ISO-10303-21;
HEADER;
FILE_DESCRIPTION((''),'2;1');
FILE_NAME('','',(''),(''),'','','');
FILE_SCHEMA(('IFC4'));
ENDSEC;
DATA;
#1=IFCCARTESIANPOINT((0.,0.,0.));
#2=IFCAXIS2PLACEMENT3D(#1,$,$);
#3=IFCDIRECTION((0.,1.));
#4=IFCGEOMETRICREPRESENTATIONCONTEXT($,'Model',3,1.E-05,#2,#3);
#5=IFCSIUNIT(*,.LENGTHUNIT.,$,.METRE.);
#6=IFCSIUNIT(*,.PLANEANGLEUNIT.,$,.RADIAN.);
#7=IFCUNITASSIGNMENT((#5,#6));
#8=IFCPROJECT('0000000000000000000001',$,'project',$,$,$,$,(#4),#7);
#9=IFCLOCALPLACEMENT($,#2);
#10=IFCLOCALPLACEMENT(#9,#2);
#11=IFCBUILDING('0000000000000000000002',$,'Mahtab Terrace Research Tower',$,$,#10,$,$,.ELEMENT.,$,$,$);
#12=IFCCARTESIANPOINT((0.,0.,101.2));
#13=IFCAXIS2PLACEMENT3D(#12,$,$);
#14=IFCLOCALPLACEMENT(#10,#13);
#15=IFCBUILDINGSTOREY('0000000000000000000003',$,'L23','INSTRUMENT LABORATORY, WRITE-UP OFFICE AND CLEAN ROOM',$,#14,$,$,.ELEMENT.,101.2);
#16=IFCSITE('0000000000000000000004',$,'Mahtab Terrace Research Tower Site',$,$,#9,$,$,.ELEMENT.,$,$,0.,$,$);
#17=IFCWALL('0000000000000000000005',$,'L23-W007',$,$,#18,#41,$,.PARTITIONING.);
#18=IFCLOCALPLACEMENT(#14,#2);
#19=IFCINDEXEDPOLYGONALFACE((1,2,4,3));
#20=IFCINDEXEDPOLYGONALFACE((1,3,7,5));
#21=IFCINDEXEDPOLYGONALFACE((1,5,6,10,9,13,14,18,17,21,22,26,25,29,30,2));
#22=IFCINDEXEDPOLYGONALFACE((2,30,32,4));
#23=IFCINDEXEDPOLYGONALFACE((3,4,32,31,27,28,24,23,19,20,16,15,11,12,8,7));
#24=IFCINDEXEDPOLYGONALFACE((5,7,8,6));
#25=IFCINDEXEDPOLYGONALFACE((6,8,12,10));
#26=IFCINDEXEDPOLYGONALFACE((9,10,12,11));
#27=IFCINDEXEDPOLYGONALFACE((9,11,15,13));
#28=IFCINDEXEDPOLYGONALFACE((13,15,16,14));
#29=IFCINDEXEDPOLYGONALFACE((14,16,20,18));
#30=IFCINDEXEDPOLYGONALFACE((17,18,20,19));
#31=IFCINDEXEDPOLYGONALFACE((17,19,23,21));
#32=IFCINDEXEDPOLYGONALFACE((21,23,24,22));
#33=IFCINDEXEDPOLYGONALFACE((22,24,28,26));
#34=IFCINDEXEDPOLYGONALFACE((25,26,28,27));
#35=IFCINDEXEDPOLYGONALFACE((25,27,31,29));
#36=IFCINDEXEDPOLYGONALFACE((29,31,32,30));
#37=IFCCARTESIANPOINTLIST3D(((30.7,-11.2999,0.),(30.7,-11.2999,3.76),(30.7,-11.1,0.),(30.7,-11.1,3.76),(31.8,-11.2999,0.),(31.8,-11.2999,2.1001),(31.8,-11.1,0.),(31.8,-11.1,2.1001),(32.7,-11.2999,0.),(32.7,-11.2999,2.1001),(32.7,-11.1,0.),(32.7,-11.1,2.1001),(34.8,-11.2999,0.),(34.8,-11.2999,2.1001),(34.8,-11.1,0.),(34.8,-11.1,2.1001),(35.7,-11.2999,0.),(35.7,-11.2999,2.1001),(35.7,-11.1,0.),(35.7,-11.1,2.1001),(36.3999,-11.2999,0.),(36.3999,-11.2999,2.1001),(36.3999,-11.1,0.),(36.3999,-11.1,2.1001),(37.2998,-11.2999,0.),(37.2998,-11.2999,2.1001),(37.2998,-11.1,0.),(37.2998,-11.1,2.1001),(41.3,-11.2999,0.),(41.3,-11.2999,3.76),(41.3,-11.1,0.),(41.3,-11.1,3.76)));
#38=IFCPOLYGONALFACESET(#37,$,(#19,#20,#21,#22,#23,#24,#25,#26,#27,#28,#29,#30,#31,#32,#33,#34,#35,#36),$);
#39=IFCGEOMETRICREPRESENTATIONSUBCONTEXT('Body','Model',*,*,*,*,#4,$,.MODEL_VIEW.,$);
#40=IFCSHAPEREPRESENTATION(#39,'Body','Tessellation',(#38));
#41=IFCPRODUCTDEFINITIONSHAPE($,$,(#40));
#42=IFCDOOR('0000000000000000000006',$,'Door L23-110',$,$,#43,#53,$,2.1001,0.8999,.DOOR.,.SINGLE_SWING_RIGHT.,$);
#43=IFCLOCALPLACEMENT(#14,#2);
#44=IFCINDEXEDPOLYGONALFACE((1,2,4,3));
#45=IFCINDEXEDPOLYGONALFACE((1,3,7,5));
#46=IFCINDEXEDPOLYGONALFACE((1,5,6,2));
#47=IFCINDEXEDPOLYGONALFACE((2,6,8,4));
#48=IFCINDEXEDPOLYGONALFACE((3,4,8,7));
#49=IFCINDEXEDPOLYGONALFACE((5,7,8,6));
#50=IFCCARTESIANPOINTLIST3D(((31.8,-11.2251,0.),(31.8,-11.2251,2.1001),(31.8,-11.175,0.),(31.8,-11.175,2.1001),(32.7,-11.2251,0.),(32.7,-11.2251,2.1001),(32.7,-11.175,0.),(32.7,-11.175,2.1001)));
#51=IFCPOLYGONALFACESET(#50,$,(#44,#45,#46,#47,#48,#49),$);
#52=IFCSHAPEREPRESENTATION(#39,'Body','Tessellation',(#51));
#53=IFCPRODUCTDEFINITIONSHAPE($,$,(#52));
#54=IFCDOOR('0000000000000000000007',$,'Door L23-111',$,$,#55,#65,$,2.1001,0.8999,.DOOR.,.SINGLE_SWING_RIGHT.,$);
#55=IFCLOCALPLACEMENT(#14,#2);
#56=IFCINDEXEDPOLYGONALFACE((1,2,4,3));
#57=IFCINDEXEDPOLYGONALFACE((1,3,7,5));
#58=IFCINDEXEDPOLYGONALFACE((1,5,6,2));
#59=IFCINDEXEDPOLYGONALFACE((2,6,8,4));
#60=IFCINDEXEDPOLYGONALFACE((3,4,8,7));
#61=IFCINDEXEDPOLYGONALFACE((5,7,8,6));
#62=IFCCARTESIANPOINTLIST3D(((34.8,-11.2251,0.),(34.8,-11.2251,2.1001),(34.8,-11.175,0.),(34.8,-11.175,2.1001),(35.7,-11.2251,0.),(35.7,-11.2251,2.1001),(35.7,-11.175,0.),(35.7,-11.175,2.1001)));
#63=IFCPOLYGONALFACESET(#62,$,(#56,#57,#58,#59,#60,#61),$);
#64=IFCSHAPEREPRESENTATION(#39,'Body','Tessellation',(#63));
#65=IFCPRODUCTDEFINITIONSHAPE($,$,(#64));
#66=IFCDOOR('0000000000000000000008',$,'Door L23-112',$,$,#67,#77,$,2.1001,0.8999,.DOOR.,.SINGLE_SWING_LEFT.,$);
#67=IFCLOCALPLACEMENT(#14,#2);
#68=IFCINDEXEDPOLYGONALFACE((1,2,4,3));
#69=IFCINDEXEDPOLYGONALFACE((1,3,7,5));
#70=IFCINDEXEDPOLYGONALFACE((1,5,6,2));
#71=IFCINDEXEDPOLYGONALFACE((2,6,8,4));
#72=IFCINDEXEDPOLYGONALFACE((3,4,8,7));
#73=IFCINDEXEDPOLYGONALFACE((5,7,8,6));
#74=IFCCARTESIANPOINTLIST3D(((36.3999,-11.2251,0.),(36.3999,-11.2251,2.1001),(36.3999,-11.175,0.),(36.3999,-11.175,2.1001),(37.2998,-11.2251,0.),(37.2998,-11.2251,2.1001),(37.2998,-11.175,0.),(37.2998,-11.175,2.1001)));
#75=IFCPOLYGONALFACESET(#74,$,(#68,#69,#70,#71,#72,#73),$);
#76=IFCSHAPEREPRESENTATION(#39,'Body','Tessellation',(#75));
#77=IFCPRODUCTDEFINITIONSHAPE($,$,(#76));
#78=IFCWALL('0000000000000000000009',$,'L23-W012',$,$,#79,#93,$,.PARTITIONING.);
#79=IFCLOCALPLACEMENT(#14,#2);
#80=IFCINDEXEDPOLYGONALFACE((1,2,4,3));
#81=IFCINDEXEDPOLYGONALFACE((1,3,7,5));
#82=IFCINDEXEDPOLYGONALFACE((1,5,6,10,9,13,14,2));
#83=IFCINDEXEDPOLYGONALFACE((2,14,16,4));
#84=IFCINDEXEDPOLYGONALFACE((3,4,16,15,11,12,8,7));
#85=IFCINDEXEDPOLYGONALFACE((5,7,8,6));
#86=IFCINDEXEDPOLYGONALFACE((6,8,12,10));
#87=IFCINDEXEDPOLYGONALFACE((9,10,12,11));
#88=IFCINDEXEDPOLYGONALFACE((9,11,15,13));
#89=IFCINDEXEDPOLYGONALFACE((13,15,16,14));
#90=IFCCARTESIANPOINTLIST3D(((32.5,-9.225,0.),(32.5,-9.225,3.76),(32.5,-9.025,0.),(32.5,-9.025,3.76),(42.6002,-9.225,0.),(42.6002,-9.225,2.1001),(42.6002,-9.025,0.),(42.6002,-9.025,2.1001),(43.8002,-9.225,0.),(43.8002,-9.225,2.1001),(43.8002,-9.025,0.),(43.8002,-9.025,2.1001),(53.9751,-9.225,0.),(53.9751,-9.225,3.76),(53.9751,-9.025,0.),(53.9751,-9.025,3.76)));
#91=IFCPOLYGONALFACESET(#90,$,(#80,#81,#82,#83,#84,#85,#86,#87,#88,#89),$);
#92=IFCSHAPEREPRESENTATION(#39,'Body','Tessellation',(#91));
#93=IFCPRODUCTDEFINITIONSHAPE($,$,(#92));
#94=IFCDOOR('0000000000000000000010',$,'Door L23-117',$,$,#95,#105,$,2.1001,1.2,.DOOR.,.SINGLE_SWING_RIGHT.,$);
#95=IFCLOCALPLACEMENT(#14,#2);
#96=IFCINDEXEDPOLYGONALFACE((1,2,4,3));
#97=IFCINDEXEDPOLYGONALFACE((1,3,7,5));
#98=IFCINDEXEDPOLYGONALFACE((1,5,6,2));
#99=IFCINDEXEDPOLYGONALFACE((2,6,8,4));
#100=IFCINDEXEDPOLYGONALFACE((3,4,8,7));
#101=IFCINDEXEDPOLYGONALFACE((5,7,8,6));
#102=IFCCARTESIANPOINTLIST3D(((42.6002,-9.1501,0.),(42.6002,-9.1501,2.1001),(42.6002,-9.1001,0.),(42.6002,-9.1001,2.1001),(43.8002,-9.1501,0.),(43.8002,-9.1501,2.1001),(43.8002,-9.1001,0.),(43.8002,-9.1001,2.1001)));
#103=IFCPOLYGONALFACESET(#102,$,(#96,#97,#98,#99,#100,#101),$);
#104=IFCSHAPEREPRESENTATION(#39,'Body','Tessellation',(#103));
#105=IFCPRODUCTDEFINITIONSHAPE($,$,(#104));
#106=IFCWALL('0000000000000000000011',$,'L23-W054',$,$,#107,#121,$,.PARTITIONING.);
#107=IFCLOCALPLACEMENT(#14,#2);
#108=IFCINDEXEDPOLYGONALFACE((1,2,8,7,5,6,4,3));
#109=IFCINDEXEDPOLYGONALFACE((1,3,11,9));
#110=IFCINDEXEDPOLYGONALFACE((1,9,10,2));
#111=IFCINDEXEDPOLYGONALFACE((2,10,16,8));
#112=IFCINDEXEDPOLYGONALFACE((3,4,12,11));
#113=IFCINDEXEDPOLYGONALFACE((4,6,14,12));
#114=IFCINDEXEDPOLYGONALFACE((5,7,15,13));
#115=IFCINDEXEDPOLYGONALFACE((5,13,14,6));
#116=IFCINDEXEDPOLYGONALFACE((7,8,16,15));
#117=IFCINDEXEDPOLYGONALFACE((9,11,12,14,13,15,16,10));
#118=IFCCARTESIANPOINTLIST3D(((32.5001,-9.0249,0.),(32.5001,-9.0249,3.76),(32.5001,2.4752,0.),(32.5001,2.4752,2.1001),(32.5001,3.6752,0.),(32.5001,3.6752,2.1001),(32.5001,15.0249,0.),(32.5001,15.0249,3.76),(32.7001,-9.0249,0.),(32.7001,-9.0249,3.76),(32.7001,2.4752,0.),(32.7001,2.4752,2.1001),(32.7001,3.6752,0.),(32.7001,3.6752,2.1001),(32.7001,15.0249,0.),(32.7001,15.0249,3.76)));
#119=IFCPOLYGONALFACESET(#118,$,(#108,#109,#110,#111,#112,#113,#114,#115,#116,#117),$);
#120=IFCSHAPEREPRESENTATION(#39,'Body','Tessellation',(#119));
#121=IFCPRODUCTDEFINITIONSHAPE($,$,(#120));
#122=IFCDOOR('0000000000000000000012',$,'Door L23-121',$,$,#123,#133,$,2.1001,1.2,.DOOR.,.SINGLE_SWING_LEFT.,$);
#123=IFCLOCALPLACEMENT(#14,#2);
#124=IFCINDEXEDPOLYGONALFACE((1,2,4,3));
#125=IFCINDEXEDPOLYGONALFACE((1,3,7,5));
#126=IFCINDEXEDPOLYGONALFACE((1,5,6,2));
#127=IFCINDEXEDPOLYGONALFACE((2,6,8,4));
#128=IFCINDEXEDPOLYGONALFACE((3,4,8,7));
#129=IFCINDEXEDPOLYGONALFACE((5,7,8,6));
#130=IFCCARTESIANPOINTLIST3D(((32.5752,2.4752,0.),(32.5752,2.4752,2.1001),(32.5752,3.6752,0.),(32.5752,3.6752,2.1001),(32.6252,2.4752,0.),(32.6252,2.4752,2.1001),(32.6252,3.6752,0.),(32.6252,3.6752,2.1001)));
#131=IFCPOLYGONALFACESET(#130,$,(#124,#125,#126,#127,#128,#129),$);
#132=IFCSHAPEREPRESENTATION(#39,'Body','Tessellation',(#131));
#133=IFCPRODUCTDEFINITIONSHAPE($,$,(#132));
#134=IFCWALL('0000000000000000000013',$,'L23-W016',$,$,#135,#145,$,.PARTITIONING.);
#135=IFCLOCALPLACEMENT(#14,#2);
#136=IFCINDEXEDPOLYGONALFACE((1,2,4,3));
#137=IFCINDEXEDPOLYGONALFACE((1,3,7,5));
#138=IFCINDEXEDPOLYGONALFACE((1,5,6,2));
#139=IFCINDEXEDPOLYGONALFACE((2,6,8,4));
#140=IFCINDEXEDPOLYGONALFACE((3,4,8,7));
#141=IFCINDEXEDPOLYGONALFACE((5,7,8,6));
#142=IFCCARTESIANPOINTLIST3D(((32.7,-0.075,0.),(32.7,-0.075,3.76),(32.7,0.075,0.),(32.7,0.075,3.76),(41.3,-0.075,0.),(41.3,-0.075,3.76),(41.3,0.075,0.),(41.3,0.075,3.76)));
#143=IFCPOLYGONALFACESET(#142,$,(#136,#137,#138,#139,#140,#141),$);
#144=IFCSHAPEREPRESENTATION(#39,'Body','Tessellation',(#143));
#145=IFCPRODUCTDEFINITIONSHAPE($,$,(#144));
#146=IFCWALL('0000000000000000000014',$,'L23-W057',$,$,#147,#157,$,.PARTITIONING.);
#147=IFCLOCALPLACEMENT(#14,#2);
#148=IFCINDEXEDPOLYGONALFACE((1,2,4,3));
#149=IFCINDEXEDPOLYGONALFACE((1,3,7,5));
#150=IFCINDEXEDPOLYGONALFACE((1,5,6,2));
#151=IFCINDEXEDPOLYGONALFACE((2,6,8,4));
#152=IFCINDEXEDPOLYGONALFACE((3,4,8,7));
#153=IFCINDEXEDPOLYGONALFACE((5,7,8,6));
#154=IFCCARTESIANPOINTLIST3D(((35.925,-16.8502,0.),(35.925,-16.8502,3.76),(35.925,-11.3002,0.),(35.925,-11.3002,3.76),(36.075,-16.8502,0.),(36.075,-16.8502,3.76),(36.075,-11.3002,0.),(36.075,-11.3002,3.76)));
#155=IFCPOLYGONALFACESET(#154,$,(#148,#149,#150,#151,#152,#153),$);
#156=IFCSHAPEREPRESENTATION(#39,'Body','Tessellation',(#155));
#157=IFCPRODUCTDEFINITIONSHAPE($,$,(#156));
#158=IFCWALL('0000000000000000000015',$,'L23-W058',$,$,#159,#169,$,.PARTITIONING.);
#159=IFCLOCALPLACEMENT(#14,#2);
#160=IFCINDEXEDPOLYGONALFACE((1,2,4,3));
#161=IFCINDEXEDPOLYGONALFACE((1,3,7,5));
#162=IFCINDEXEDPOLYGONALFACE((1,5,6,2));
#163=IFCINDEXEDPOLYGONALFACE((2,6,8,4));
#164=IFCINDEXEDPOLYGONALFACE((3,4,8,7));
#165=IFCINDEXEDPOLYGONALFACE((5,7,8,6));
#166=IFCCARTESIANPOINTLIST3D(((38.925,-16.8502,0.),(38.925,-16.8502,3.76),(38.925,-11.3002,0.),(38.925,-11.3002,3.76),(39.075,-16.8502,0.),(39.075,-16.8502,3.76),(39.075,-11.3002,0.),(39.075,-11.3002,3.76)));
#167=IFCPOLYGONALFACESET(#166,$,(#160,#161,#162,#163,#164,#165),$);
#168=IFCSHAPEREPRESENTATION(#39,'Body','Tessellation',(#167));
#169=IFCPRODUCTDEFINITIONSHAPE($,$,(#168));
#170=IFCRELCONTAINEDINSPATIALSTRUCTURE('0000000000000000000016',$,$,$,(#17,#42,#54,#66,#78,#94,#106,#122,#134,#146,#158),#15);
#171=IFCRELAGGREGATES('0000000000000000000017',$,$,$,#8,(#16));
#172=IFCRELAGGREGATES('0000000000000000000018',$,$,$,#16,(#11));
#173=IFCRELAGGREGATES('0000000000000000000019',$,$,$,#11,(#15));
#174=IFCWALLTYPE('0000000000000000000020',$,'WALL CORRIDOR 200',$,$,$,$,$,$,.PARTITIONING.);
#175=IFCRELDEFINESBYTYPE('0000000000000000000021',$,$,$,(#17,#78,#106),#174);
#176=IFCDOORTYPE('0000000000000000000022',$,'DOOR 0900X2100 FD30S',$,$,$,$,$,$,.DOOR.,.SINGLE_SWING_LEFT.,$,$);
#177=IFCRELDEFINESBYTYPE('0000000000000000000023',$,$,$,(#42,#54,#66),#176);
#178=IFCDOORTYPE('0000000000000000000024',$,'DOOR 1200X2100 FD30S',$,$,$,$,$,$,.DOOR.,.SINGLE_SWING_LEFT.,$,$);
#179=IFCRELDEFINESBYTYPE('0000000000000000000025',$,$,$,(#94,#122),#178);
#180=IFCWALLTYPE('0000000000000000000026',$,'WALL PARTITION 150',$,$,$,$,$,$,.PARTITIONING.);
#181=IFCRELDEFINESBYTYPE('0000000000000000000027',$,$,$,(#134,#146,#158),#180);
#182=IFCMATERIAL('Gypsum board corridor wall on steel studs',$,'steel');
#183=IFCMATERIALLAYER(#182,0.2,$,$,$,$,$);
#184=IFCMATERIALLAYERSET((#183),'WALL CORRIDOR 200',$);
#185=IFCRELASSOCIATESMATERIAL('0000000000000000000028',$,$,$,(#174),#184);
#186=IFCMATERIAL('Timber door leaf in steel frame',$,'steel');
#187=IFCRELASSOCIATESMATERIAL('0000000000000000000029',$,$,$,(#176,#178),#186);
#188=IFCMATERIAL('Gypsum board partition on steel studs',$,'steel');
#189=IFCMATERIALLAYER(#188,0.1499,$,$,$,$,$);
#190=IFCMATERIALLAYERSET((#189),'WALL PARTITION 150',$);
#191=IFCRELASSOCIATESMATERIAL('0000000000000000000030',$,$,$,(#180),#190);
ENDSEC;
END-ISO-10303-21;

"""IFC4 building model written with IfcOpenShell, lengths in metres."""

from ifc_helpers import new_model, si_unit, direction, frame, frame_2d, origin, place, context, subcontext, project, spatial, rectangle, extrude, material, layer, layer_set, type_object, element, fill, save


model = new_model("IFC4")

# Units and contexts
model_context = context("Model", 3, precision=1e-05, world=origin(), true_north=direction((0.0, 1.0)))
body_context = subcontext(model_context, "Body", "Model", "MODEL_VIEW")
ifc_project = project(units=[si_unit("LENGTHUNIT", "METRE"), si_unit("PLANEANGLEUNIT", "RADIAN")], contexts=[model_context])

# Site, building, storey
site_placement = place(None, origin())
site = spatial("IfcSite", under=ifc_project, at=site_placement, Name="Mahtab Terrace Research Tower Site", CompositionType="ELEMENT", RefElevation=0.0)
building_placement = place(site_placement, origin())
building = spatial("IfcBuilding", under=site, at=building_placement, Name="Mahtab Terrace Research Tower", CompositionType="ELEMENT")
storey_placement = place(building_placement, frame((0.0, 0.0, 101.2)))
storey = spatial("IfcBuildingStorey", under=building, at=storey_placement, Name="L23", Description="INSTRUMENT LABORATORY, WRITE-UP OFFICE AND CLEAN ROOM", CompositionType="ELEMENT", Elevation=101.2)

# Wall, openings, doors
ifc_material_1 = material(Name="Gypsum board corridor wall on steel studs", Category="steel")
ifc_layer_1 = layer(ifc_material_1, 0.2)
ifc_layer_set_1 = layer_set([ifc_layer_1], Name="WALL CORRIDOR 200")
wall_type_1 = type_object("IfcWallType", Name="WALL CORRIDOR 200", PredefinedType="PARTITIONING", material=ifc_layer_set_1)
wall_1_placement = place(storey_placement, frame((30.7, -11.2, 0.0), z_axis=(0.0, 0.0, 1.0), x_axis=(1.0, 0.0, 0.0)))
wall_1 = element("IfcWall", 1, at=wall_1_placement, inside=storey, type_object=wall_type_1, Name="L23-W007", PredefinedType="PARTITIONING", context=body_context, shape_type="SweptSolid", body=[
    extrude(rectangle(XDim=10.6001, YDim=0.2, at=frame_2d((5.3, 0.0))), origin(), (0.0, 0.0, 1.0), 3.76),
])
opening_1_placement = place(wall_1_placement, frame((1.1001, 0.0, 0.0)))
opening_1 = element("IfcOpeningElement", 2, at=opening_1_placement, cuts=wall_1, PredefinedType="OPENING", context=body_context, shape_type="SweptSolid", body=[
    extrude(rectangle(XDim=0.8999, YDim=2.1001, at=frame_2d((0.45, 1.05))), frame((0.0, 0.1099, 0.0), z_axis=(0.0, -1.0, 0.0), x_axis=(1.0, 0.0, 0.0)), (0.0, 0.0, 1.0), 0.22),
])
opening_2_placement = place(wall_1_placement, frame((4.1001, 0.0, 0.0)))
opening_2 = element("IfcOpeningElement", 3, at=opening_2_placement, cuts=wall_1, PredefinedType="OPENING", context=body_context, shape_type="SweptSolid", body=[
    extrude(rectangle(XDim=0.8999, YDim=2.1001, at=frame_2d((0.45, 1.05))), frame((0.0, 0.1099, 0.0), z_axis=(0.0, -1.0, 0.0), x_axis=(1.0, 0.0, 0.0)), (0.0, 0.0, 1.0), 0.22),
])
opening_3_placement = place(wall_1_placement, frame((5.7, 0.0, 0.0)))
opening_3 = element("IfcOpeningElement", 4, at=opening_3_placement, cuts=wall_1, PredefinedType="OPENING", context=body_context, shape_type="SweptSolid", body=[
    extrude(rectangle(XDim=0.8999, YDim=2.1001, at=frame_2d((0.45, 1.05))), frame((0.0, 0.1099, 0.0), z_axis=(0.0, -1.0, 0.0), x_axis=(1.0, 0.0, 0.0)), (0.0, 0.0, 1.0), 0.22),
])
ifc_material_2 = material(Name="Timber door leaf in steel frame", Category="steel")
door_type_1 = type_object("IfcDoorType", Name="DOOR 0900X2100 FD30S", OperationType="SINGLE_SWING_LEFT", PredefinedType="DOOR", material=ifc_material_2)
door_1_placement = place(opening_1_placement, origin())
door_1 = element("IfcDoor", 5, at=door_1_placement, inside=storey, type_object=door_type_1, Name="Door L23-110", OperationType="SINGLE_SWING_RIGHT", OverallHeight=2.1001, OverallWidth=0.8999, PredefinedType="DOOR", context=body_context, shape_type="SweptSolid", body=[
    extrude(rectangle(XDim=0.8999, YDim=2.1001, at=frame_2d((0.45, 1.05))), frame((0.0, 0.0249, 0.0), z_axis=(0.0, -1.0, 0.0), x_axis=(1.0, 0.0, 0.0)), (0.0, 0.0, 1.0), 0.05),
])
fill(opening_1, door_1)
door_2_placement = place(opening_2_placement, origin())
door_2 = element("IfcDoor", 6, at=door_2_placement, inside=storey, type_object=door_type_1, Name="Door L23-111", OperationType="SINGLE_SWING_RIGHT", OverallHeight=2.1001, OverallWidth=0.8999, PredefinedType="DOOR", context=body_context, shape_type="SweptSolid", body=[
    extrude(rectangle(XDim=0.8999, YDim=2.1001, at=frame_2d((0.45, 1.05))), frame((0.0, 0.0249, 0.0), z_axis=(0.0, -1.0, 0.0), x_axis=(1.0, 0.0, 0.0)), (0.0, 0.0, 1.0), 0.05),
])
fill(opening_2, door_2)
door_3_placement = place(opening_3_placement, origin())
door_3 = element("IfcDoor", 7, at=door_3_placement, inside=storey, type_object=door_type_1, Name="Door L23-112", OperationType="SINGLE_SWING_LEFT", OverallHeight=2.1001, OverallWidth=0.8999, PredefinedType="DOOR", context=body_context, shape_type="SweptSolid", body=[
    extrude(rectangle(XDim=0.8999, YDim=2.1001, at=frame_2d((0.45, 1.05))), frame((0.0, 0.0249, 0.0), z_axis=(0.0, -1.0, 0.0), x_axis=(1.0, 0.0, 0.0)), (0.0, 0.0, 1.0), 0.05),
])
fill(opening_3, door_3)

# Walls, openings, doors
wall_2_placement = place(storey_placement, frame((32.5, -9.125, 0.0), z_axis=(0.0, 0.0, 1.0), x_axis=(1.0, 0.0, 0.0)))
wall_2 = element("IfcWall", 8, at=wall_2_placement, inside=storey, type_object=wall_type_1, Name="L23-W012", PredefinedType="PARTITIONING", context=body_context, shape_type="SweptSolid", body=[
    extrude(rectangle(XDim=21.4751, YDim=0.2, at=frame_2d((10.7375, 0.0))), origin(), (0.0, 0.0, 1.0), 3.76),
])
opening_4_placement = place(wall_2_placement, frame((10.1001, 0.0, 0.0)))
opening_4 = element("IfcOpeningElement", 9, at=opening_4_placement, cuts=wall_2, PredefinedType="OPENING", context=body_context, shape_type="SweptSolid", body=[
    extrude(rectangle(XDim=1.2, YDim=2.1001, at=frame_2d((0.6001, 1.05))), frame((0.0, 0.1099, 0.0), z_axis=(0.0, -1.0, 0.0), x_axis=(1.0, 0.0, 0.0)), (0.0, 0.0, 1.0), 0.22),
])
door_type_2 = type_object("IfcDoorType", Name="DOOR 1200X2100 FD30S", OperationType="SINGLE_SWING_LEFT", PredefinedType="DOOR", material=ifc_material_2)
door_4_placement = place(opening_4_placement, origin())
door_4 = element("IfcDoor", 10, at=door_4_placement, inside=storey, type_object=door_type_2, Name="Door L23-117", OperationType="SINGLE_SWING_RIGHT", OverallHeight=2.1001, OverallWidth=1.2, PredefinedType="DOOR", context=body_context, shape_type="SweptSolid", body=[
    extrude(rectangle(XDim=1.2, YDim=2.1001, at=frame_2d((0.6001, 1.05))), frame((0.0, 0.0249, 0.0), z_axis=(0.0, -1.0, 0.0), x_axis=(1.0, 0.0, 0.0)), (0.0, 0.0, 1.0), 0.05),
])
fill(opening_4, door_4)
wall_3_placement = place(storey_placement, frame((32.6001, -9.0249, 0.0), z_axis=(0.0, 0.0, 1.0), x_axis=(0.0, 1.0, 0.0)))
wall_3 = element("IfcWall", 11, at=wall_3_placement, inside=storey, type_object=wall_type_1, Name="L23-W054", PredefinedType="PARTITIONING", context=body_context, shape_type="SweptSolid", body=[
    extrude(rectangle(XDim=24.0498, YDim=0.2, at=frame_2d((12.0249, 0.0))), origin(), (0.0, 0.0, 1.0), 3.76),
])
opening_5_placement = place(wall_3_placement, frame((11.5, 0.0, 0.0)))
opening_5 = element("IfcOpeningElement", 12, at=opening_5_placement, cuts=wall_3, PredefinedType="OPENING", context=body_context, shape_type="SweptSolid", body=[
    extrude(rectangle(XDim=1.2, YDim=2.1001, at=frame_2d((0.6001, 1.05))), frame((0.0, 0.1099, 0.0), z_axis=(0.0, -1.0, 0.0), x_axis=(1.0, 0.0, 0.0)), (0.0, 0.0, 1.0), 0.22),
])
door_5_placement = place(opening_5_placement, origin())
door_5 = element("IfcDoor", 13, at=door_5_placement, inside=storey, type_object=door_type_2, Name="Door L23-121", OperationType="SINGLE_SWING_LEFT", OverallHeight=2.1001, OverallWidth=1.2, PredefinedType="DOOR", context=body_context, shape_type="SweptSolid", body=[
    extrude(rectangle(XDim=1.2, YDim=2.1001, at=frame_2d((0.6001, 1.05))), frame((0.0, 0.0249, 0.0), z_axis=(0.0, -1.0, 0.0), x_axis=(1.0, 0.0, 0.0)), (0.0, 0.0, 1.0), 0.05),
])
fill(opening_5, door_5)

# Walls
ifc_material_3 = material(Name="Gypsum board partition on steel studs", Category="steel")
ifc_layer_2 = layer(ifc_material_3, 0.1499)
ifc_layer_set_2 = layer_set([ifc_layer_2], Name="WALL PARTITION 150")
wall_type_2 = type_object("IfcWallType", Name="WALL PARTITION 150", PredefinedType="PARTITIONING", material=ifc_layer_set_2)
wall_4_placement = place(storey_placement, frame((32.7, 0.0, 0.0), z_axis=(0.0, 0.0, 1.0), x_axis=(1.0, 0.0, 0.0)))
element("IfcWall", 14, at=wall_4_placement, inside=storey, type_object=wall_type_2, Name="L23-W016", PredefinedType="PARTITIONING", context=body_context, shape_type="SweptSolid", body=[
    extrude(rectangle(XDim=8.6001, YDim=0.1499, at=frame_2d((4.3, 0.0))), origin(), (0.0, 0.0, 1.0), 3.76),
])
for number, where, z_axis, x_axis, name in (
    (15, (36.0, -16.8501, 0.0), (0.0, 0.0, 1.0), (0.0, 1.0, 0.0), "L23-W057"),
    (16, (39.0, -16.8501, 0.0), (0.0, 0.0, 1.0), (0.0, 1.0, 0.0), "L23-W058"),
):
    element("IfcWall", number, at=place(storey_placement, frame(where, z_axis=z_axis, x_axis=x_axis)), inside=storey, type_object=wall_type_2, Name=name, PredefinedType="PARTITIONING", context=body_context, shape_type="SweptSolid", body=[
        extrude(rectangle(XDim=5.55, YDim=0.1499, at=frame_2d((2.7749, 0.0))), origin(), (0.0, 0.0, 1.0), 3.76),
    ])

save(model, "model.ifc")
